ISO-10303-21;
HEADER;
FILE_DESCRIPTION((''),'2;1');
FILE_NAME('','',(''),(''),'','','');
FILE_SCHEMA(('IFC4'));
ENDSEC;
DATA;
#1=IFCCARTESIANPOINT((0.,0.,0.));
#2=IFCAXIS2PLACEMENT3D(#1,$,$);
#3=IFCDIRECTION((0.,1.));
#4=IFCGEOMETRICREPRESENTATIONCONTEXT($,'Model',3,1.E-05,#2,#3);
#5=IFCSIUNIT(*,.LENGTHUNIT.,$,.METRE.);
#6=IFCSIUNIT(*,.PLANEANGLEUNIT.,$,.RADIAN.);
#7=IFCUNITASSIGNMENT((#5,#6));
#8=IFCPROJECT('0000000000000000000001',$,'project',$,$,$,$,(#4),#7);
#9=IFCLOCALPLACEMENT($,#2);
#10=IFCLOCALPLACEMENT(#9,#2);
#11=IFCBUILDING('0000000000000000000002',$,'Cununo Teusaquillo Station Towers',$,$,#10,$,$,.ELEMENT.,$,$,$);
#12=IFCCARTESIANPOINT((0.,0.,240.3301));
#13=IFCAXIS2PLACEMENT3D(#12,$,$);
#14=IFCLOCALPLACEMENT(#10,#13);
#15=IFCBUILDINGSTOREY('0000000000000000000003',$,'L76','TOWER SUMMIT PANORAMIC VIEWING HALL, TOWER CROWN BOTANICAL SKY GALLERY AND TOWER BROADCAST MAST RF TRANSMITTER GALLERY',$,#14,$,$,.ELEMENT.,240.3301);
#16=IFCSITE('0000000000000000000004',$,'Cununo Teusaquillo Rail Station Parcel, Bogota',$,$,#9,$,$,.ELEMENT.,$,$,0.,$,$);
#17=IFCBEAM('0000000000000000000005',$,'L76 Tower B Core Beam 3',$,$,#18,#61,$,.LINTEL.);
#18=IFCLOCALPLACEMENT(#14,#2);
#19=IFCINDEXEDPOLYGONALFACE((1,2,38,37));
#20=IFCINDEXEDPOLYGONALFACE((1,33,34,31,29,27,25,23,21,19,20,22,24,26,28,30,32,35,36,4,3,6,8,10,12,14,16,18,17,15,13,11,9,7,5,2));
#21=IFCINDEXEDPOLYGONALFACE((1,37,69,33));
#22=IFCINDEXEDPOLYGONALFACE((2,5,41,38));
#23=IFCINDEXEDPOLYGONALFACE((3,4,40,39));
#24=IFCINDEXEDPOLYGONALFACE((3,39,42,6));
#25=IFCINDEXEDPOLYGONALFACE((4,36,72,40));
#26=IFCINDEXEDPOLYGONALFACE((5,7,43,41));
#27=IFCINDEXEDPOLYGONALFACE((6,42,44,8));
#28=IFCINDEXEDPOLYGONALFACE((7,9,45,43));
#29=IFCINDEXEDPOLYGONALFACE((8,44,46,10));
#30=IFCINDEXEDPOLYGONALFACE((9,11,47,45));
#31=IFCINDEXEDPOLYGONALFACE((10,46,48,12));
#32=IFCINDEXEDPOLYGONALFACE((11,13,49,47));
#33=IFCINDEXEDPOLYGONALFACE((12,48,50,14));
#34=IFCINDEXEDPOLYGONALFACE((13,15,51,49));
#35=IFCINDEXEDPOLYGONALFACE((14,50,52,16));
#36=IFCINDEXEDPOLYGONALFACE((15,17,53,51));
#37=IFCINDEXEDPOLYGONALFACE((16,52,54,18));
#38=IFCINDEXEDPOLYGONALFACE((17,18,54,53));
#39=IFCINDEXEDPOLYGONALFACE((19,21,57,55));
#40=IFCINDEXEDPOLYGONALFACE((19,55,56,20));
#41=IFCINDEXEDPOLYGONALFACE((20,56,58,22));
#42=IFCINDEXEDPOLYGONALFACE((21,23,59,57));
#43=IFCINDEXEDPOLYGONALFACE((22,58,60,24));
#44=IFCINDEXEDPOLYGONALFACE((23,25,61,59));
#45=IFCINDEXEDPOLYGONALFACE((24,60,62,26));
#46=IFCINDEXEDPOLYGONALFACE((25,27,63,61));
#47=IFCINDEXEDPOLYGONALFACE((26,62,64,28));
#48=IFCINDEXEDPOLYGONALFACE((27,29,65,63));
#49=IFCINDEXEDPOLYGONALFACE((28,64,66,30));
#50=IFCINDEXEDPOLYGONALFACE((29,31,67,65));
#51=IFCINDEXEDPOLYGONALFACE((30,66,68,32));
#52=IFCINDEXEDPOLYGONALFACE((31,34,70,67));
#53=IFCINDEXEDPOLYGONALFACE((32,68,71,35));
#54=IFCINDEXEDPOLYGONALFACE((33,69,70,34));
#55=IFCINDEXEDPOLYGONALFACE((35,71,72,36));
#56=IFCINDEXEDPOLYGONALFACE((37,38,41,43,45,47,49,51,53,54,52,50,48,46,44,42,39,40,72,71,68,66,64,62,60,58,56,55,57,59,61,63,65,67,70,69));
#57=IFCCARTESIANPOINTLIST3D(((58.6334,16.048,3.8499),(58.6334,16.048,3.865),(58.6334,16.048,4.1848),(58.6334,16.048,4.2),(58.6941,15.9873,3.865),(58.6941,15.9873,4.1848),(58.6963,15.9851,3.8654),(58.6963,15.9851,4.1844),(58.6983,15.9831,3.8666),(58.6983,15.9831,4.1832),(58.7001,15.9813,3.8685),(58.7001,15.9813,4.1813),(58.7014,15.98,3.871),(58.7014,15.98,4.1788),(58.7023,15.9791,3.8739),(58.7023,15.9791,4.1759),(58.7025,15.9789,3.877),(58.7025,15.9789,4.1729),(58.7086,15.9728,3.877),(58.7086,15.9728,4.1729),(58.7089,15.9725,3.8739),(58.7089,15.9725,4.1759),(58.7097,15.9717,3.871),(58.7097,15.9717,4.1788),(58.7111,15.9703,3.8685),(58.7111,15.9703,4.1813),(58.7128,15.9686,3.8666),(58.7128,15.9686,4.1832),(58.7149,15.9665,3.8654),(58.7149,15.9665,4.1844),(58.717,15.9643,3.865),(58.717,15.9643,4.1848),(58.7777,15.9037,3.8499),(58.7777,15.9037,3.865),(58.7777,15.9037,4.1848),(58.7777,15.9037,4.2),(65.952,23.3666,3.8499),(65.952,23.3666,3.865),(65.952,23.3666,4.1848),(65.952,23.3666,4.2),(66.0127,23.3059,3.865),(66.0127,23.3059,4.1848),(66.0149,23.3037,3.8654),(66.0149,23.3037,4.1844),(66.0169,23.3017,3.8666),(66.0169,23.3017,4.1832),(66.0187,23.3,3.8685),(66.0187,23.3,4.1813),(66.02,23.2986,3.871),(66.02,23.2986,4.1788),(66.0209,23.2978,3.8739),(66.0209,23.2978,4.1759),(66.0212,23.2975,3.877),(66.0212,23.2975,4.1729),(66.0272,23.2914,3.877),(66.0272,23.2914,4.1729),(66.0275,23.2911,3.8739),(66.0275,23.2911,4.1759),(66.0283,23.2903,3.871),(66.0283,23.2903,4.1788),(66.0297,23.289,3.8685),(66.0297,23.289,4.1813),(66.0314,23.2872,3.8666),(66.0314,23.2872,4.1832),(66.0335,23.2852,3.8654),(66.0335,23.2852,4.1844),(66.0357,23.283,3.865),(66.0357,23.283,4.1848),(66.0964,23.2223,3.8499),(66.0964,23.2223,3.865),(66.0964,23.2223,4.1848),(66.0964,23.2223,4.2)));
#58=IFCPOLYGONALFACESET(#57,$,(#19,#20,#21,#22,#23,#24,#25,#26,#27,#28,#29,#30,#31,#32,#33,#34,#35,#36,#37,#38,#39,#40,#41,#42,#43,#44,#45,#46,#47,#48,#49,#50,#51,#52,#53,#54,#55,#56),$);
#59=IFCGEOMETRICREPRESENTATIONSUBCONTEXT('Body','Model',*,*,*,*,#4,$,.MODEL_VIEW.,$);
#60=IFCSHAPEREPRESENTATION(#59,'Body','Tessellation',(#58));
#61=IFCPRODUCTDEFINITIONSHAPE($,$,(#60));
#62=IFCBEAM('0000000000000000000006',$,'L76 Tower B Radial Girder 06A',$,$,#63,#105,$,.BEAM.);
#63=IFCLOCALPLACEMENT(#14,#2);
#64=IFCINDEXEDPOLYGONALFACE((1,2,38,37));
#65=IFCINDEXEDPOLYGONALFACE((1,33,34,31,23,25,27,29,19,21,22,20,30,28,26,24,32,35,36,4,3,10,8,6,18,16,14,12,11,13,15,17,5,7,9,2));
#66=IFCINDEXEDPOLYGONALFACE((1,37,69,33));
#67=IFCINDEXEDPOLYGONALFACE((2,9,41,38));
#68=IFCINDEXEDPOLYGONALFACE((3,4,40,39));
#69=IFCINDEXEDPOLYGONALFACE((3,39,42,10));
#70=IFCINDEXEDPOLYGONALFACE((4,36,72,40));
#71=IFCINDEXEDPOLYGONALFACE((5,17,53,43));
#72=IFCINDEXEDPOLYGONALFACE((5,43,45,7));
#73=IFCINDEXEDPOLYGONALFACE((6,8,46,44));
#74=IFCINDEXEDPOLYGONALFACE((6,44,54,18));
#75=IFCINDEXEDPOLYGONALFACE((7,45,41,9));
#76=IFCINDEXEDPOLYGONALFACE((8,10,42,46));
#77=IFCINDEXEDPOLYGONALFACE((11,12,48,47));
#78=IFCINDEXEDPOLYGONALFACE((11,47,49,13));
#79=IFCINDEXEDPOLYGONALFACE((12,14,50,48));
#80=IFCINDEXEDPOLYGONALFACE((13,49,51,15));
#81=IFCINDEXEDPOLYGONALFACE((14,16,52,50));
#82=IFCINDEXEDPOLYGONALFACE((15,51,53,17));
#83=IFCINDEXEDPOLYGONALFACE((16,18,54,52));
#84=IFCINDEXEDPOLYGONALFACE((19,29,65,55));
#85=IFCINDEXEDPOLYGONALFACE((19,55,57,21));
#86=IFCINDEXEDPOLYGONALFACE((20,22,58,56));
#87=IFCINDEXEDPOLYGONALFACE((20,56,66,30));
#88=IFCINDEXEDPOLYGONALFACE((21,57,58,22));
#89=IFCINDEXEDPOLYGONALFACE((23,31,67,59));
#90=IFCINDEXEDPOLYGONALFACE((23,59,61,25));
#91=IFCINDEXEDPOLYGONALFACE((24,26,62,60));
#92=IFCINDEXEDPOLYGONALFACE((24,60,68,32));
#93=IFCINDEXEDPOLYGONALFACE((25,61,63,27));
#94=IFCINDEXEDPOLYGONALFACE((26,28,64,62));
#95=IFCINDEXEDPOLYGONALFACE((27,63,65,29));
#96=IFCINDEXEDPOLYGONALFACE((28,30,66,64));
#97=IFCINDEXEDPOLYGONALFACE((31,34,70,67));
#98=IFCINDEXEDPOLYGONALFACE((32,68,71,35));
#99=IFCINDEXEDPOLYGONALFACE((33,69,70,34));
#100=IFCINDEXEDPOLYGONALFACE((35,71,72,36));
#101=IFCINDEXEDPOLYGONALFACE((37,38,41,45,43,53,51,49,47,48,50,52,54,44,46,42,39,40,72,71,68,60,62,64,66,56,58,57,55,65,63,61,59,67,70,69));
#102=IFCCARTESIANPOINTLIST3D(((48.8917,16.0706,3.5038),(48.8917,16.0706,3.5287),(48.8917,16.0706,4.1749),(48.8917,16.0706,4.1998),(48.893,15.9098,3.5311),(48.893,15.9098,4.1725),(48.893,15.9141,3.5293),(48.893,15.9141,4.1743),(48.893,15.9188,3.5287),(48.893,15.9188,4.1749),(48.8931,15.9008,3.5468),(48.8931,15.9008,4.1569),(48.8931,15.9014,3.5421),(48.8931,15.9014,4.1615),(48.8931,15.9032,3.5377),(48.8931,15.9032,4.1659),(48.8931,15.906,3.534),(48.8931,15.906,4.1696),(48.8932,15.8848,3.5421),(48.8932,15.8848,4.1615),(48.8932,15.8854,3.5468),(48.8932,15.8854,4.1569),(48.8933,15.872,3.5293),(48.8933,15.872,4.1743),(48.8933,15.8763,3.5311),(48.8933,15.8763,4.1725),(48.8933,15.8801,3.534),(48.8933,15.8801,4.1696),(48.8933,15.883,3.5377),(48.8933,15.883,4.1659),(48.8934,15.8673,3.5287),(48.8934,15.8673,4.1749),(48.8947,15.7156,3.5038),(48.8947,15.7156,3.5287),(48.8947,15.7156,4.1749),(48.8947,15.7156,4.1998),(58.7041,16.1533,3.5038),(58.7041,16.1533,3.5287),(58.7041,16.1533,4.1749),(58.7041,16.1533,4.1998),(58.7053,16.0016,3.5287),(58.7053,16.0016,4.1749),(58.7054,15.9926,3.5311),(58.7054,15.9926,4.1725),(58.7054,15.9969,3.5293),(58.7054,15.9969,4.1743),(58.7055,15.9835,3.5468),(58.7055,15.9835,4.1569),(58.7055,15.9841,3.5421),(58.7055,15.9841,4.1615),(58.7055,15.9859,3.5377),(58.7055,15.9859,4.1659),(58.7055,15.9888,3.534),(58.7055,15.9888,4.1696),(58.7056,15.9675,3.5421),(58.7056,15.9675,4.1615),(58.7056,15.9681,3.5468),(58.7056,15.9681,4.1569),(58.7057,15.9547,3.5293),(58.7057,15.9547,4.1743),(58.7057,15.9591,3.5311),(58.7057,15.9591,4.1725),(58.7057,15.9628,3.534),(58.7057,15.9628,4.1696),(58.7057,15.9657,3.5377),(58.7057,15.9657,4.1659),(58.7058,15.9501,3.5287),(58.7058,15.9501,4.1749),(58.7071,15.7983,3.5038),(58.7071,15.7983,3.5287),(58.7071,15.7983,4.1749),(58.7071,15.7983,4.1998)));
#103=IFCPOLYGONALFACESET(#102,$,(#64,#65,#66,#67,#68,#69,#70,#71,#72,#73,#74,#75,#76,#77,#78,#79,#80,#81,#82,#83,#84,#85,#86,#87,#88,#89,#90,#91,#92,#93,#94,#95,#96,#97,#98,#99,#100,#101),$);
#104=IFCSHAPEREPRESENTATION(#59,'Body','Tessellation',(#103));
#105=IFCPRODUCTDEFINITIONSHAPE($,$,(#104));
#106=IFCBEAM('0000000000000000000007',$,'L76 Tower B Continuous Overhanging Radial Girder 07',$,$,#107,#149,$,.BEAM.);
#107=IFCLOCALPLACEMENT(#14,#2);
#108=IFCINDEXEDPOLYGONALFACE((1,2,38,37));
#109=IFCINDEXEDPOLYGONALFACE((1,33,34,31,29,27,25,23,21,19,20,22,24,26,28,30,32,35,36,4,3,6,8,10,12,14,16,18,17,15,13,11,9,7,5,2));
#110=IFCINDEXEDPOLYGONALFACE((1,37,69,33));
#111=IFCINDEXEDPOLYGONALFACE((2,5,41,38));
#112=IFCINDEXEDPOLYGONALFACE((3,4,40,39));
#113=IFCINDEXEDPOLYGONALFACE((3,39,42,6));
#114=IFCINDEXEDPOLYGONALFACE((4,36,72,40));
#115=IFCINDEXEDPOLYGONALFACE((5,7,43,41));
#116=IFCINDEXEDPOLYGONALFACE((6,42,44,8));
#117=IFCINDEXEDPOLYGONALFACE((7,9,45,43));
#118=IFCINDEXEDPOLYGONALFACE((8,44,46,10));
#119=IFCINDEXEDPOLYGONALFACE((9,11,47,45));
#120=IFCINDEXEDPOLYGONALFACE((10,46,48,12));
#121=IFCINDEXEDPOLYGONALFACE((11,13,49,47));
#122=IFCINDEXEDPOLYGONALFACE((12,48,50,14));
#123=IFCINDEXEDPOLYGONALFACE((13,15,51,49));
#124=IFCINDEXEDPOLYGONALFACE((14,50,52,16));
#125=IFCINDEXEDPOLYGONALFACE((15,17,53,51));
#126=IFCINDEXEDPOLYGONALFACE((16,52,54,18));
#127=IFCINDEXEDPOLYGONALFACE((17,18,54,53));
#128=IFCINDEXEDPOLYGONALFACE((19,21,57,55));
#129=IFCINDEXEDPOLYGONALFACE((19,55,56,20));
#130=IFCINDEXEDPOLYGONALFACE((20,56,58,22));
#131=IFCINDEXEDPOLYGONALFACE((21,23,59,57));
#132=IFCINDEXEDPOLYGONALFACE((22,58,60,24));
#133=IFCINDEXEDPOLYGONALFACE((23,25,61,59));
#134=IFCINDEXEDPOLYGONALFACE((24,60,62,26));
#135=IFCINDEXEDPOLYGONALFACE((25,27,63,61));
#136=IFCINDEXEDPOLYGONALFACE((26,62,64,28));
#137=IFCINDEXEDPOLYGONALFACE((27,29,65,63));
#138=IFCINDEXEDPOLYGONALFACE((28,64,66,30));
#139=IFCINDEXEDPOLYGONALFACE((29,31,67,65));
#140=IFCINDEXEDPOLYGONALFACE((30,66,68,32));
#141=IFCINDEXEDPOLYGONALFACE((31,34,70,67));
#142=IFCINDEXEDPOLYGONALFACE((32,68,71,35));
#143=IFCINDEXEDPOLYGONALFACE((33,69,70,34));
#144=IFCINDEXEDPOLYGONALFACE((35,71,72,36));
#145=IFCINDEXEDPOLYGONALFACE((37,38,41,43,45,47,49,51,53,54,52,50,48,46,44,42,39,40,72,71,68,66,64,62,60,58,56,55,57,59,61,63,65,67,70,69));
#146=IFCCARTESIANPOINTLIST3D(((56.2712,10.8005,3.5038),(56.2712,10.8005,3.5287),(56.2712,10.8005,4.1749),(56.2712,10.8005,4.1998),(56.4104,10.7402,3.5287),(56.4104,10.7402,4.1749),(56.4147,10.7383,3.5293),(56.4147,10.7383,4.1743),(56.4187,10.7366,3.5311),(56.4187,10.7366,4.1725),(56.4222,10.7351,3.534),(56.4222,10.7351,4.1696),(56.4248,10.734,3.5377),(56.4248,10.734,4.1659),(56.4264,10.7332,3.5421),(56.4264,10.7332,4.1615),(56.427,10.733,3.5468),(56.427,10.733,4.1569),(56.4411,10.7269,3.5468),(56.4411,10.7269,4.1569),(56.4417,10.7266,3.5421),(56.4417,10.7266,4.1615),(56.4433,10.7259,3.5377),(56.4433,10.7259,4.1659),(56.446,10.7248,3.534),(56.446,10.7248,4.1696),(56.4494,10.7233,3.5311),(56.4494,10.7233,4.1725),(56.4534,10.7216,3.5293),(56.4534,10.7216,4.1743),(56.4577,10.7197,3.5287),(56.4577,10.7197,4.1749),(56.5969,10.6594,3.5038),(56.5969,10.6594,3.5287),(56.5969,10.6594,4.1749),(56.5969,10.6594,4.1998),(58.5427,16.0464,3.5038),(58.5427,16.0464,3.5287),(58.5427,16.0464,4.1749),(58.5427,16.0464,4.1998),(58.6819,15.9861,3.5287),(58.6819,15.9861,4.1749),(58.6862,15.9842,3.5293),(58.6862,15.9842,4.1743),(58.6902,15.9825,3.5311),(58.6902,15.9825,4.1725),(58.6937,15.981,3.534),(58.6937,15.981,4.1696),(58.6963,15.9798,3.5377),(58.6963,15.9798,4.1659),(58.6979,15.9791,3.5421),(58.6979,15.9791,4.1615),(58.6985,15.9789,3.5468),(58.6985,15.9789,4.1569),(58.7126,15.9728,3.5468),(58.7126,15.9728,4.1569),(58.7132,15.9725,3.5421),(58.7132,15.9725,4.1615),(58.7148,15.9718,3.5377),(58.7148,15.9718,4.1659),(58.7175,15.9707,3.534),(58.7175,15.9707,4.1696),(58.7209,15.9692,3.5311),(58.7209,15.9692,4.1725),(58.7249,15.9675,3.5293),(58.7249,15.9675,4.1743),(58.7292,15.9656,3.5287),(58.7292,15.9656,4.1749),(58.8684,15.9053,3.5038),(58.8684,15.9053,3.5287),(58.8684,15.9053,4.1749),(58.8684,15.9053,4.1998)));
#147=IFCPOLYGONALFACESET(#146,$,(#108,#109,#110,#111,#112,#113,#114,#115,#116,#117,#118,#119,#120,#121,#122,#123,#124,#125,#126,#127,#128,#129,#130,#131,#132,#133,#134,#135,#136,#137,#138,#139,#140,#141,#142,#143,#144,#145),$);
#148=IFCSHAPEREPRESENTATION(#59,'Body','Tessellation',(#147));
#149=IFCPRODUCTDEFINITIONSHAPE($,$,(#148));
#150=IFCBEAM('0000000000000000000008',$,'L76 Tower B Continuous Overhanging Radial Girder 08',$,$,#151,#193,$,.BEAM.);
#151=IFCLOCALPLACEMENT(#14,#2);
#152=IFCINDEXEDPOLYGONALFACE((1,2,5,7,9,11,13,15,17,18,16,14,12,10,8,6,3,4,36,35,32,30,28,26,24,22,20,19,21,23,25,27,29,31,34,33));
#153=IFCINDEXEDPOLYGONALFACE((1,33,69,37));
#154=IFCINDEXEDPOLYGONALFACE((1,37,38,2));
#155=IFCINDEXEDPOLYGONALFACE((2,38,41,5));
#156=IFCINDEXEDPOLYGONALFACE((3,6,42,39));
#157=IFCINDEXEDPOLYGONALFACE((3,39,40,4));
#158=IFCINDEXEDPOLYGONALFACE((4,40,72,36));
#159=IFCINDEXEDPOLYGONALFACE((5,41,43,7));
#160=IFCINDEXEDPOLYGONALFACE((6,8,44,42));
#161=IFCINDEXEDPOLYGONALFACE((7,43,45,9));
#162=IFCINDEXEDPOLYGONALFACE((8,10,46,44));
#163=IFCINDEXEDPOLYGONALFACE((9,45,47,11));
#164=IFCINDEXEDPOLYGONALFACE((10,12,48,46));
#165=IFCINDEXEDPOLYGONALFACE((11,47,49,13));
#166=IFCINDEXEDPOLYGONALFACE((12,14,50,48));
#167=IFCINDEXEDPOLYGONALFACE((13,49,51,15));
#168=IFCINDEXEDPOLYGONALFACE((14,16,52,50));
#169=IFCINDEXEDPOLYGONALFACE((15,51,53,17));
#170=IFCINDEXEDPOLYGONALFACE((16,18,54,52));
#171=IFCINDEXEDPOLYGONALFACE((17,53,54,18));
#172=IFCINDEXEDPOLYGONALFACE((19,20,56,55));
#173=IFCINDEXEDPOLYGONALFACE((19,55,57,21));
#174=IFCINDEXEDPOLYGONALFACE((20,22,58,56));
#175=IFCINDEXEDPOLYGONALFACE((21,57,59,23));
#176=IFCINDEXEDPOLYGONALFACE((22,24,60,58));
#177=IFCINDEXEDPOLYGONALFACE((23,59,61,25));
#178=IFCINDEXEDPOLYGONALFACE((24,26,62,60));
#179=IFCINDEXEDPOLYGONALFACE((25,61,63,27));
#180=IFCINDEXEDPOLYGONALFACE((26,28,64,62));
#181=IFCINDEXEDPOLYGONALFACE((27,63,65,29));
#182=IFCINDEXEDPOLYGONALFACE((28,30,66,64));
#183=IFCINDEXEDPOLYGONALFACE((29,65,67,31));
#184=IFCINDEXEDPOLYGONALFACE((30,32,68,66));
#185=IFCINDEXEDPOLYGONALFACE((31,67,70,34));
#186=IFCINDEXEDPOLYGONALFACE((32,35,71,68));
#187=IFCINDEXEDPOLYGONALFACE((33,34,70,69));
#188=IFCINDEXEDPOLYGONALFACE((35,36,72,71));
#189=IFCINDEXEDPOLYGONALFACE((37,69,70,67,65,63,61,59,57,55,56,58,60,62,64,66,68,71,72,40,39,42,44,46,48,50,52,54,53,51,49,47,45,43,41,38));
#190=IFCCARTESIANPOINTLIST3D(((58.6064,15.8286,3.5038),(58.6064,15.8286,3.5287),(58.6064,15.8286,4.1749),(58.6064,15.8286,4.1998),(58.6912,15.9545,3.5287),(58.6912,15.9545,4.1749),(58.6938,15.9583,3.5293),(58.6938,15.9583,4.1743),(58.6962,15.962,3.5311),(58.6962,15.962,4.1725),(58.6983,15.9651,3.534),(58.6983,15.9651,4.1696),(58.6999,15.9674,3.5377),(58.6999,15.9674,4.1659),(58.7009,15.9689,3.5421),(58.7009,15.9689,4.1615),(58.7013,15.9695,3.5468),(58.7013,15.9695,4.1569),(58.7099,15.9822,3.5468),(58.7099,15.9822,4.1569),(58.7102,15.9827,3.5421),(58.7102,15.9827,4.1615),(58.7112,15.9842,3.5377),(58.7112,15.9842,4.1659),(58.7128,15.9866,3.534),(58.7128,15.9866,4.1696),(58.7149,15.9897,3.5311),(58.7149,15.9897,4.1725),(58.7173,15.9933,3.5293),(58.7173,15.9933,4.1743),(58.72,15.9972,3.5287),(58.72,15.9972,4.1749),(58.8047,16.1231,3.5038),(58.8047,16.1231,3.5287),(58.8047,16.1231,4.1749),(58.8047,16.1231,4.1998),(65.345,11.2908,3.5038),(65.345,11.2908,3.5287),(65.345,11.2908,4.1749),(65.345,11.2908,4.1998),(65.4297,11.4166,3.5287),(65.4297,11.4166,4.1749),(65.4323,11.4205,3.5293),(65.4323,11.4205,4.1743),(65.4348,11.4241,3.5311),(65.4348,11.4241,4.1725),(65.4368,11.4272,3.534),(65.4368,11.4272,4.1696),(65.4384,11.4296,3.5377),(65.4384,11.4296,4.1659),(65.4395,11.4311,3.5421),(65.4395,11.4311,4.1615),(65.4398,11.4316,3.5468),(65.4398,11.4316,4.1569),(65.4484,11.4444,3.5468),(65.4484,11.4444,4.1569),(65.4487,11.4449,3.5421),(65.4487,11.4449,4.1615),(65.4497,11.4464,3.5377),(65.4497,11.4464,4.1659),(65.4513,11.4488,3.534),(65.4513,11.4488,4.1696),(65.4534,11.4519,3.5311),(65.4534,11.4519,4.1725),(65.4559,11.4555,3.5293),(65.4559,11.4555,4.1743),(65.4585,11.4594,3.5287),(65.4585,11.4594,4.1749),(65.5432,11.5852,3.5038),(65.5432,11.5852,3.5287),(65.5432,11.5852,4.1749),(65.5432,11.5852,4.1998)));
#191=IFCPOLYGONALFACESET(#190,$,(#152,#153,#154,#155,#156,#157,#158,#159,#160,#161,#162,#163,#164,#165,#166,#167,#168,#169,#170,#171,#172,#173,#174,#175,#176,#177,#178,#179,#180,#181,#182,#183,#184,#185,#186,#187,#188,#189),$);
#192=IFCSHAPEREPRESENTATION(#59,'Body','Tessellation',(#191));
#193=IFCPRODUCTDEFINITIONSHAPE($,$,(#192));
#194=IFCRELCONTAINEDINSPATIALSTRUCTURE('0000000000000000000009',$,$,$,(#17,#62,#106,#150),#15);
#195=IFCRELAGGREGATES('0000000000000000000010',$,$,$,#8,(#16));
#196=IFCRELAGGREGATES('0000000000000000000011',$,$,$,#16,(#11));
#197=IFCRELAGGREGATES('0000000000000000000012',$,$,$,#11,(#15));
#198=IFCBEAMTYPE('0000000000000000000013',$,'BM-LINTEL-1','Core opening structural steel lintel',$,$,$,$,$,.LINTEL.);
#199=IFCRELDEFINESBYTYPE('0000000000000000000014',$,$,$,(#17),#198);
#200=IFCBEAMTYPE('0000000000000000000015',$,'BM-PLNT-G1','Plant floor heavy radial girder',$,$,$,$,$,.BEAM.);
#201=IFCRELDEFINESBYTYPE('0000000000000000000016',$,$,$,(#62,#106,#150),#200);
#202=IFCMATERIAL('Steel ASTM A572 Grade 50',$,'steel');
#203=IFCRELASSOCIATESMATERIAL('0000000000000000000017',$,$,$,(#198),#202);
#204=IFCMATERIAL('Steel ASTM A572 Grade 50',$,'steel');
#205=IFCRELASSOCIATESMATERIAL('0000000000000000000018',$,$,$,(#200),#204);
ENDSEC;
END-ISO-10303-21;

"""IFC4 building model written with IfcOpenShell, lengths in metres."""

from ifc_helpers import new_model, si_unit, direction, frame, origin, origin_2d, place, context, subcontext, project, spatial, i_section, extrude, material, material_profile, profile_set, type_object, element, save


model = new_model("IFC4")

# Units and contexts
model_context = context("Model", 3, precision=1e-05, world=origin(), true_north=direction((0.0, 1.0)))
body_context = subcontext(model_context, "Body", "Model", "MODEL_VIEW")
ifc_project = project(units=[si_unit("LENGTHUNIT", "METRE"), si_unit("PLANEANGLEUNIT", "RADIAN")], contexts=[model_context])

# Site, building, storey
site_placement = place(None, origin())
site = spatial("IfcSite", under=ifc_project, at=site_placement, Name="Cununo Teusaquillo Rail Station Parcel, Bogota", CompositionType="ELEMENT", RefElevation=0.0)
building_placement = place(site_placement, origin())
building = spatial("IfcBuilding", under=site, at=building_placement, Name="Cununo Teusaquillo Station Towers", CompositionType="ELEMENT")
storey_placement = place(building_placement, frame((0.0, 0.0, 240.3301)))
storey = spatial("IfcBuildingStorey", under=building, at=storey_placement, Name="L76", Description="TOWER SUMMIT PANORAMIC VIEWING HALL, TOWER CROWN BOTANICAL SKY GALLERY AND TOWER BROADCAST MAST RF TRANSMITTER GALLERY", CompositionType="ELEMENT", Elevation=240.3301)

# Beams
ifc_material_1 = material(Name="Steel ASTM A572 Grade 50", Category="steel")
ifc_material_profile_1 = material_profile(ifc_material_1, i_section(OverallWidth=0.2041, OverallDepth=0.3501, WebThickness=0.0085, FlangeThickness=0.0151, FilletRadius=0.012, at=origin_2d()), Name="W14X48")
ifc_profile_set_1 = profile_set([ifc_material_profile_1], Name="Steel ASTM A572 Grade 50")
beam_type_1 = type_object("IfcBeamType", Name="BM-LINTEL-1", Description="Core opening structural steel lintel", PredefinedType="LINTEL", material=ifc_profile_set_1)
beam_1_placement = place(storey_placement, frame((58.7056, 15.9758, 4.0249), z_axis=(0.707107, 0.707107, 0.0), x_axis=(-0.707107, 0.707107, 0.0)))
element("IfcBeam", 1, at=beam_1_placement, inside=storey, type_object=beam_type_1, Name="L76 Tower B Core Beam 3", PredefinedType="LINTEL", context=body_context, shape_type="SweptSolid", body=[
    extrude(i_section(OverallWidth=0.2041, OverallDepth=0.3501, WebThickness=0.0085, FlangeThickness=0.0151, FilletRadius=0.012, at=origin_2d()), origin(), (0.0, 0.0, 1.0), 10.3501),
])
ifc_material_2 = material(Name="Steel ASTM A572 Grade 50", Category="steel")
ifc_material_profile_2 = material_profile(ifc_material_2, i_section(OverallWidth=0.355, OverallDepth=0.696, WebThickness=0.0154, FlangeThickness=0.0249, FilletRadius=0.0181, at=origin_2d()), Name="W27X146")
ifc_profile_set_2 = profile_set([ifc_material_profile_2], Name="Steel ASTM A572 Grade 50")
beam_type_2 = type_object("IfcBeamType", Name="BM-PLNT-G1", Description="Plant floor heavy radial girder", PredefinedType="BEAM", material=ifc_profile_set_2)
beam_2_placement = place(storey_placement, frame((58.7056, 15.9758, 3.8518), z_axis=(-0.999964, -0.008434, 0.0), x_axis=(0.008434, -0.999964, 0.0)))
element("IfcBeam", 2, at=beam_2_placement, inside=storey, type_object=beam_type_2, Name="L76 Tower B Radial Girder 06A", PredefinedType="BEAM", context=body_context, shape_type="SweptSolid", body=[
    extrude(i_section(OverallWidth=0.355, OverallDepth=0.696, WebThickness=0.0154, FlangeThickness=0.0249, FilletRadius=0.0181, at=origin_2d()), origin(), (0.0, 0.0, 1.0), 9.8127),
])
beam_3_placement = place(storey_placement, frame((58.7056, 15.9758, 3.8518), z_axis=(-0.397355, -0.917665, 0.0), x_axis=(0.917665, -0.397355, 0.0)))
element("IfcBeam", 3, at=beam_3_placement, inside=storey, type_object=beam_type_2, Name="L76 Tower B Continuous Overhanging Radial Girder 07", PredefinedType="BEAM", context=body_context, shape_type="SweptSolid", body=[
    extrude(i_section(OverallWidth=0.355, OverallDepth=0.696, WebThickness=0.0154, FlangeThickness=0.0249, FilletRadius=0.0181, at=origin_2d()), origin(), (0.0, 0.0, 1.0), 5.7166),
])
beam_4_placement = place(storey_placement, frame((58.7056, 15.9758, 3.8518), z_axis=(0.829457, -0.558571, 0.0), x_axis=(0.558571, 0.829457, 0.0)))
element("IfcBeam", 4, at=beam_4_placement, inside=storey, type_object=beam_type_2, Name="L76 Tower B Continuous Overhanging Radial Girder 08", PredefinedType="BEAM", context=body_context, shape_type="SweptSolid", body=[
    extrude(i_section(OverallWidth=0.355, OverallDepth=0.696, WebThickness=0.0154, FlangeThickness=0.0249, FilletRadius=0.0181, at=origin_2d()), origin(), (0.0, 0.0, 1.0), 8.124),
])

save(model, "model.ifc")
